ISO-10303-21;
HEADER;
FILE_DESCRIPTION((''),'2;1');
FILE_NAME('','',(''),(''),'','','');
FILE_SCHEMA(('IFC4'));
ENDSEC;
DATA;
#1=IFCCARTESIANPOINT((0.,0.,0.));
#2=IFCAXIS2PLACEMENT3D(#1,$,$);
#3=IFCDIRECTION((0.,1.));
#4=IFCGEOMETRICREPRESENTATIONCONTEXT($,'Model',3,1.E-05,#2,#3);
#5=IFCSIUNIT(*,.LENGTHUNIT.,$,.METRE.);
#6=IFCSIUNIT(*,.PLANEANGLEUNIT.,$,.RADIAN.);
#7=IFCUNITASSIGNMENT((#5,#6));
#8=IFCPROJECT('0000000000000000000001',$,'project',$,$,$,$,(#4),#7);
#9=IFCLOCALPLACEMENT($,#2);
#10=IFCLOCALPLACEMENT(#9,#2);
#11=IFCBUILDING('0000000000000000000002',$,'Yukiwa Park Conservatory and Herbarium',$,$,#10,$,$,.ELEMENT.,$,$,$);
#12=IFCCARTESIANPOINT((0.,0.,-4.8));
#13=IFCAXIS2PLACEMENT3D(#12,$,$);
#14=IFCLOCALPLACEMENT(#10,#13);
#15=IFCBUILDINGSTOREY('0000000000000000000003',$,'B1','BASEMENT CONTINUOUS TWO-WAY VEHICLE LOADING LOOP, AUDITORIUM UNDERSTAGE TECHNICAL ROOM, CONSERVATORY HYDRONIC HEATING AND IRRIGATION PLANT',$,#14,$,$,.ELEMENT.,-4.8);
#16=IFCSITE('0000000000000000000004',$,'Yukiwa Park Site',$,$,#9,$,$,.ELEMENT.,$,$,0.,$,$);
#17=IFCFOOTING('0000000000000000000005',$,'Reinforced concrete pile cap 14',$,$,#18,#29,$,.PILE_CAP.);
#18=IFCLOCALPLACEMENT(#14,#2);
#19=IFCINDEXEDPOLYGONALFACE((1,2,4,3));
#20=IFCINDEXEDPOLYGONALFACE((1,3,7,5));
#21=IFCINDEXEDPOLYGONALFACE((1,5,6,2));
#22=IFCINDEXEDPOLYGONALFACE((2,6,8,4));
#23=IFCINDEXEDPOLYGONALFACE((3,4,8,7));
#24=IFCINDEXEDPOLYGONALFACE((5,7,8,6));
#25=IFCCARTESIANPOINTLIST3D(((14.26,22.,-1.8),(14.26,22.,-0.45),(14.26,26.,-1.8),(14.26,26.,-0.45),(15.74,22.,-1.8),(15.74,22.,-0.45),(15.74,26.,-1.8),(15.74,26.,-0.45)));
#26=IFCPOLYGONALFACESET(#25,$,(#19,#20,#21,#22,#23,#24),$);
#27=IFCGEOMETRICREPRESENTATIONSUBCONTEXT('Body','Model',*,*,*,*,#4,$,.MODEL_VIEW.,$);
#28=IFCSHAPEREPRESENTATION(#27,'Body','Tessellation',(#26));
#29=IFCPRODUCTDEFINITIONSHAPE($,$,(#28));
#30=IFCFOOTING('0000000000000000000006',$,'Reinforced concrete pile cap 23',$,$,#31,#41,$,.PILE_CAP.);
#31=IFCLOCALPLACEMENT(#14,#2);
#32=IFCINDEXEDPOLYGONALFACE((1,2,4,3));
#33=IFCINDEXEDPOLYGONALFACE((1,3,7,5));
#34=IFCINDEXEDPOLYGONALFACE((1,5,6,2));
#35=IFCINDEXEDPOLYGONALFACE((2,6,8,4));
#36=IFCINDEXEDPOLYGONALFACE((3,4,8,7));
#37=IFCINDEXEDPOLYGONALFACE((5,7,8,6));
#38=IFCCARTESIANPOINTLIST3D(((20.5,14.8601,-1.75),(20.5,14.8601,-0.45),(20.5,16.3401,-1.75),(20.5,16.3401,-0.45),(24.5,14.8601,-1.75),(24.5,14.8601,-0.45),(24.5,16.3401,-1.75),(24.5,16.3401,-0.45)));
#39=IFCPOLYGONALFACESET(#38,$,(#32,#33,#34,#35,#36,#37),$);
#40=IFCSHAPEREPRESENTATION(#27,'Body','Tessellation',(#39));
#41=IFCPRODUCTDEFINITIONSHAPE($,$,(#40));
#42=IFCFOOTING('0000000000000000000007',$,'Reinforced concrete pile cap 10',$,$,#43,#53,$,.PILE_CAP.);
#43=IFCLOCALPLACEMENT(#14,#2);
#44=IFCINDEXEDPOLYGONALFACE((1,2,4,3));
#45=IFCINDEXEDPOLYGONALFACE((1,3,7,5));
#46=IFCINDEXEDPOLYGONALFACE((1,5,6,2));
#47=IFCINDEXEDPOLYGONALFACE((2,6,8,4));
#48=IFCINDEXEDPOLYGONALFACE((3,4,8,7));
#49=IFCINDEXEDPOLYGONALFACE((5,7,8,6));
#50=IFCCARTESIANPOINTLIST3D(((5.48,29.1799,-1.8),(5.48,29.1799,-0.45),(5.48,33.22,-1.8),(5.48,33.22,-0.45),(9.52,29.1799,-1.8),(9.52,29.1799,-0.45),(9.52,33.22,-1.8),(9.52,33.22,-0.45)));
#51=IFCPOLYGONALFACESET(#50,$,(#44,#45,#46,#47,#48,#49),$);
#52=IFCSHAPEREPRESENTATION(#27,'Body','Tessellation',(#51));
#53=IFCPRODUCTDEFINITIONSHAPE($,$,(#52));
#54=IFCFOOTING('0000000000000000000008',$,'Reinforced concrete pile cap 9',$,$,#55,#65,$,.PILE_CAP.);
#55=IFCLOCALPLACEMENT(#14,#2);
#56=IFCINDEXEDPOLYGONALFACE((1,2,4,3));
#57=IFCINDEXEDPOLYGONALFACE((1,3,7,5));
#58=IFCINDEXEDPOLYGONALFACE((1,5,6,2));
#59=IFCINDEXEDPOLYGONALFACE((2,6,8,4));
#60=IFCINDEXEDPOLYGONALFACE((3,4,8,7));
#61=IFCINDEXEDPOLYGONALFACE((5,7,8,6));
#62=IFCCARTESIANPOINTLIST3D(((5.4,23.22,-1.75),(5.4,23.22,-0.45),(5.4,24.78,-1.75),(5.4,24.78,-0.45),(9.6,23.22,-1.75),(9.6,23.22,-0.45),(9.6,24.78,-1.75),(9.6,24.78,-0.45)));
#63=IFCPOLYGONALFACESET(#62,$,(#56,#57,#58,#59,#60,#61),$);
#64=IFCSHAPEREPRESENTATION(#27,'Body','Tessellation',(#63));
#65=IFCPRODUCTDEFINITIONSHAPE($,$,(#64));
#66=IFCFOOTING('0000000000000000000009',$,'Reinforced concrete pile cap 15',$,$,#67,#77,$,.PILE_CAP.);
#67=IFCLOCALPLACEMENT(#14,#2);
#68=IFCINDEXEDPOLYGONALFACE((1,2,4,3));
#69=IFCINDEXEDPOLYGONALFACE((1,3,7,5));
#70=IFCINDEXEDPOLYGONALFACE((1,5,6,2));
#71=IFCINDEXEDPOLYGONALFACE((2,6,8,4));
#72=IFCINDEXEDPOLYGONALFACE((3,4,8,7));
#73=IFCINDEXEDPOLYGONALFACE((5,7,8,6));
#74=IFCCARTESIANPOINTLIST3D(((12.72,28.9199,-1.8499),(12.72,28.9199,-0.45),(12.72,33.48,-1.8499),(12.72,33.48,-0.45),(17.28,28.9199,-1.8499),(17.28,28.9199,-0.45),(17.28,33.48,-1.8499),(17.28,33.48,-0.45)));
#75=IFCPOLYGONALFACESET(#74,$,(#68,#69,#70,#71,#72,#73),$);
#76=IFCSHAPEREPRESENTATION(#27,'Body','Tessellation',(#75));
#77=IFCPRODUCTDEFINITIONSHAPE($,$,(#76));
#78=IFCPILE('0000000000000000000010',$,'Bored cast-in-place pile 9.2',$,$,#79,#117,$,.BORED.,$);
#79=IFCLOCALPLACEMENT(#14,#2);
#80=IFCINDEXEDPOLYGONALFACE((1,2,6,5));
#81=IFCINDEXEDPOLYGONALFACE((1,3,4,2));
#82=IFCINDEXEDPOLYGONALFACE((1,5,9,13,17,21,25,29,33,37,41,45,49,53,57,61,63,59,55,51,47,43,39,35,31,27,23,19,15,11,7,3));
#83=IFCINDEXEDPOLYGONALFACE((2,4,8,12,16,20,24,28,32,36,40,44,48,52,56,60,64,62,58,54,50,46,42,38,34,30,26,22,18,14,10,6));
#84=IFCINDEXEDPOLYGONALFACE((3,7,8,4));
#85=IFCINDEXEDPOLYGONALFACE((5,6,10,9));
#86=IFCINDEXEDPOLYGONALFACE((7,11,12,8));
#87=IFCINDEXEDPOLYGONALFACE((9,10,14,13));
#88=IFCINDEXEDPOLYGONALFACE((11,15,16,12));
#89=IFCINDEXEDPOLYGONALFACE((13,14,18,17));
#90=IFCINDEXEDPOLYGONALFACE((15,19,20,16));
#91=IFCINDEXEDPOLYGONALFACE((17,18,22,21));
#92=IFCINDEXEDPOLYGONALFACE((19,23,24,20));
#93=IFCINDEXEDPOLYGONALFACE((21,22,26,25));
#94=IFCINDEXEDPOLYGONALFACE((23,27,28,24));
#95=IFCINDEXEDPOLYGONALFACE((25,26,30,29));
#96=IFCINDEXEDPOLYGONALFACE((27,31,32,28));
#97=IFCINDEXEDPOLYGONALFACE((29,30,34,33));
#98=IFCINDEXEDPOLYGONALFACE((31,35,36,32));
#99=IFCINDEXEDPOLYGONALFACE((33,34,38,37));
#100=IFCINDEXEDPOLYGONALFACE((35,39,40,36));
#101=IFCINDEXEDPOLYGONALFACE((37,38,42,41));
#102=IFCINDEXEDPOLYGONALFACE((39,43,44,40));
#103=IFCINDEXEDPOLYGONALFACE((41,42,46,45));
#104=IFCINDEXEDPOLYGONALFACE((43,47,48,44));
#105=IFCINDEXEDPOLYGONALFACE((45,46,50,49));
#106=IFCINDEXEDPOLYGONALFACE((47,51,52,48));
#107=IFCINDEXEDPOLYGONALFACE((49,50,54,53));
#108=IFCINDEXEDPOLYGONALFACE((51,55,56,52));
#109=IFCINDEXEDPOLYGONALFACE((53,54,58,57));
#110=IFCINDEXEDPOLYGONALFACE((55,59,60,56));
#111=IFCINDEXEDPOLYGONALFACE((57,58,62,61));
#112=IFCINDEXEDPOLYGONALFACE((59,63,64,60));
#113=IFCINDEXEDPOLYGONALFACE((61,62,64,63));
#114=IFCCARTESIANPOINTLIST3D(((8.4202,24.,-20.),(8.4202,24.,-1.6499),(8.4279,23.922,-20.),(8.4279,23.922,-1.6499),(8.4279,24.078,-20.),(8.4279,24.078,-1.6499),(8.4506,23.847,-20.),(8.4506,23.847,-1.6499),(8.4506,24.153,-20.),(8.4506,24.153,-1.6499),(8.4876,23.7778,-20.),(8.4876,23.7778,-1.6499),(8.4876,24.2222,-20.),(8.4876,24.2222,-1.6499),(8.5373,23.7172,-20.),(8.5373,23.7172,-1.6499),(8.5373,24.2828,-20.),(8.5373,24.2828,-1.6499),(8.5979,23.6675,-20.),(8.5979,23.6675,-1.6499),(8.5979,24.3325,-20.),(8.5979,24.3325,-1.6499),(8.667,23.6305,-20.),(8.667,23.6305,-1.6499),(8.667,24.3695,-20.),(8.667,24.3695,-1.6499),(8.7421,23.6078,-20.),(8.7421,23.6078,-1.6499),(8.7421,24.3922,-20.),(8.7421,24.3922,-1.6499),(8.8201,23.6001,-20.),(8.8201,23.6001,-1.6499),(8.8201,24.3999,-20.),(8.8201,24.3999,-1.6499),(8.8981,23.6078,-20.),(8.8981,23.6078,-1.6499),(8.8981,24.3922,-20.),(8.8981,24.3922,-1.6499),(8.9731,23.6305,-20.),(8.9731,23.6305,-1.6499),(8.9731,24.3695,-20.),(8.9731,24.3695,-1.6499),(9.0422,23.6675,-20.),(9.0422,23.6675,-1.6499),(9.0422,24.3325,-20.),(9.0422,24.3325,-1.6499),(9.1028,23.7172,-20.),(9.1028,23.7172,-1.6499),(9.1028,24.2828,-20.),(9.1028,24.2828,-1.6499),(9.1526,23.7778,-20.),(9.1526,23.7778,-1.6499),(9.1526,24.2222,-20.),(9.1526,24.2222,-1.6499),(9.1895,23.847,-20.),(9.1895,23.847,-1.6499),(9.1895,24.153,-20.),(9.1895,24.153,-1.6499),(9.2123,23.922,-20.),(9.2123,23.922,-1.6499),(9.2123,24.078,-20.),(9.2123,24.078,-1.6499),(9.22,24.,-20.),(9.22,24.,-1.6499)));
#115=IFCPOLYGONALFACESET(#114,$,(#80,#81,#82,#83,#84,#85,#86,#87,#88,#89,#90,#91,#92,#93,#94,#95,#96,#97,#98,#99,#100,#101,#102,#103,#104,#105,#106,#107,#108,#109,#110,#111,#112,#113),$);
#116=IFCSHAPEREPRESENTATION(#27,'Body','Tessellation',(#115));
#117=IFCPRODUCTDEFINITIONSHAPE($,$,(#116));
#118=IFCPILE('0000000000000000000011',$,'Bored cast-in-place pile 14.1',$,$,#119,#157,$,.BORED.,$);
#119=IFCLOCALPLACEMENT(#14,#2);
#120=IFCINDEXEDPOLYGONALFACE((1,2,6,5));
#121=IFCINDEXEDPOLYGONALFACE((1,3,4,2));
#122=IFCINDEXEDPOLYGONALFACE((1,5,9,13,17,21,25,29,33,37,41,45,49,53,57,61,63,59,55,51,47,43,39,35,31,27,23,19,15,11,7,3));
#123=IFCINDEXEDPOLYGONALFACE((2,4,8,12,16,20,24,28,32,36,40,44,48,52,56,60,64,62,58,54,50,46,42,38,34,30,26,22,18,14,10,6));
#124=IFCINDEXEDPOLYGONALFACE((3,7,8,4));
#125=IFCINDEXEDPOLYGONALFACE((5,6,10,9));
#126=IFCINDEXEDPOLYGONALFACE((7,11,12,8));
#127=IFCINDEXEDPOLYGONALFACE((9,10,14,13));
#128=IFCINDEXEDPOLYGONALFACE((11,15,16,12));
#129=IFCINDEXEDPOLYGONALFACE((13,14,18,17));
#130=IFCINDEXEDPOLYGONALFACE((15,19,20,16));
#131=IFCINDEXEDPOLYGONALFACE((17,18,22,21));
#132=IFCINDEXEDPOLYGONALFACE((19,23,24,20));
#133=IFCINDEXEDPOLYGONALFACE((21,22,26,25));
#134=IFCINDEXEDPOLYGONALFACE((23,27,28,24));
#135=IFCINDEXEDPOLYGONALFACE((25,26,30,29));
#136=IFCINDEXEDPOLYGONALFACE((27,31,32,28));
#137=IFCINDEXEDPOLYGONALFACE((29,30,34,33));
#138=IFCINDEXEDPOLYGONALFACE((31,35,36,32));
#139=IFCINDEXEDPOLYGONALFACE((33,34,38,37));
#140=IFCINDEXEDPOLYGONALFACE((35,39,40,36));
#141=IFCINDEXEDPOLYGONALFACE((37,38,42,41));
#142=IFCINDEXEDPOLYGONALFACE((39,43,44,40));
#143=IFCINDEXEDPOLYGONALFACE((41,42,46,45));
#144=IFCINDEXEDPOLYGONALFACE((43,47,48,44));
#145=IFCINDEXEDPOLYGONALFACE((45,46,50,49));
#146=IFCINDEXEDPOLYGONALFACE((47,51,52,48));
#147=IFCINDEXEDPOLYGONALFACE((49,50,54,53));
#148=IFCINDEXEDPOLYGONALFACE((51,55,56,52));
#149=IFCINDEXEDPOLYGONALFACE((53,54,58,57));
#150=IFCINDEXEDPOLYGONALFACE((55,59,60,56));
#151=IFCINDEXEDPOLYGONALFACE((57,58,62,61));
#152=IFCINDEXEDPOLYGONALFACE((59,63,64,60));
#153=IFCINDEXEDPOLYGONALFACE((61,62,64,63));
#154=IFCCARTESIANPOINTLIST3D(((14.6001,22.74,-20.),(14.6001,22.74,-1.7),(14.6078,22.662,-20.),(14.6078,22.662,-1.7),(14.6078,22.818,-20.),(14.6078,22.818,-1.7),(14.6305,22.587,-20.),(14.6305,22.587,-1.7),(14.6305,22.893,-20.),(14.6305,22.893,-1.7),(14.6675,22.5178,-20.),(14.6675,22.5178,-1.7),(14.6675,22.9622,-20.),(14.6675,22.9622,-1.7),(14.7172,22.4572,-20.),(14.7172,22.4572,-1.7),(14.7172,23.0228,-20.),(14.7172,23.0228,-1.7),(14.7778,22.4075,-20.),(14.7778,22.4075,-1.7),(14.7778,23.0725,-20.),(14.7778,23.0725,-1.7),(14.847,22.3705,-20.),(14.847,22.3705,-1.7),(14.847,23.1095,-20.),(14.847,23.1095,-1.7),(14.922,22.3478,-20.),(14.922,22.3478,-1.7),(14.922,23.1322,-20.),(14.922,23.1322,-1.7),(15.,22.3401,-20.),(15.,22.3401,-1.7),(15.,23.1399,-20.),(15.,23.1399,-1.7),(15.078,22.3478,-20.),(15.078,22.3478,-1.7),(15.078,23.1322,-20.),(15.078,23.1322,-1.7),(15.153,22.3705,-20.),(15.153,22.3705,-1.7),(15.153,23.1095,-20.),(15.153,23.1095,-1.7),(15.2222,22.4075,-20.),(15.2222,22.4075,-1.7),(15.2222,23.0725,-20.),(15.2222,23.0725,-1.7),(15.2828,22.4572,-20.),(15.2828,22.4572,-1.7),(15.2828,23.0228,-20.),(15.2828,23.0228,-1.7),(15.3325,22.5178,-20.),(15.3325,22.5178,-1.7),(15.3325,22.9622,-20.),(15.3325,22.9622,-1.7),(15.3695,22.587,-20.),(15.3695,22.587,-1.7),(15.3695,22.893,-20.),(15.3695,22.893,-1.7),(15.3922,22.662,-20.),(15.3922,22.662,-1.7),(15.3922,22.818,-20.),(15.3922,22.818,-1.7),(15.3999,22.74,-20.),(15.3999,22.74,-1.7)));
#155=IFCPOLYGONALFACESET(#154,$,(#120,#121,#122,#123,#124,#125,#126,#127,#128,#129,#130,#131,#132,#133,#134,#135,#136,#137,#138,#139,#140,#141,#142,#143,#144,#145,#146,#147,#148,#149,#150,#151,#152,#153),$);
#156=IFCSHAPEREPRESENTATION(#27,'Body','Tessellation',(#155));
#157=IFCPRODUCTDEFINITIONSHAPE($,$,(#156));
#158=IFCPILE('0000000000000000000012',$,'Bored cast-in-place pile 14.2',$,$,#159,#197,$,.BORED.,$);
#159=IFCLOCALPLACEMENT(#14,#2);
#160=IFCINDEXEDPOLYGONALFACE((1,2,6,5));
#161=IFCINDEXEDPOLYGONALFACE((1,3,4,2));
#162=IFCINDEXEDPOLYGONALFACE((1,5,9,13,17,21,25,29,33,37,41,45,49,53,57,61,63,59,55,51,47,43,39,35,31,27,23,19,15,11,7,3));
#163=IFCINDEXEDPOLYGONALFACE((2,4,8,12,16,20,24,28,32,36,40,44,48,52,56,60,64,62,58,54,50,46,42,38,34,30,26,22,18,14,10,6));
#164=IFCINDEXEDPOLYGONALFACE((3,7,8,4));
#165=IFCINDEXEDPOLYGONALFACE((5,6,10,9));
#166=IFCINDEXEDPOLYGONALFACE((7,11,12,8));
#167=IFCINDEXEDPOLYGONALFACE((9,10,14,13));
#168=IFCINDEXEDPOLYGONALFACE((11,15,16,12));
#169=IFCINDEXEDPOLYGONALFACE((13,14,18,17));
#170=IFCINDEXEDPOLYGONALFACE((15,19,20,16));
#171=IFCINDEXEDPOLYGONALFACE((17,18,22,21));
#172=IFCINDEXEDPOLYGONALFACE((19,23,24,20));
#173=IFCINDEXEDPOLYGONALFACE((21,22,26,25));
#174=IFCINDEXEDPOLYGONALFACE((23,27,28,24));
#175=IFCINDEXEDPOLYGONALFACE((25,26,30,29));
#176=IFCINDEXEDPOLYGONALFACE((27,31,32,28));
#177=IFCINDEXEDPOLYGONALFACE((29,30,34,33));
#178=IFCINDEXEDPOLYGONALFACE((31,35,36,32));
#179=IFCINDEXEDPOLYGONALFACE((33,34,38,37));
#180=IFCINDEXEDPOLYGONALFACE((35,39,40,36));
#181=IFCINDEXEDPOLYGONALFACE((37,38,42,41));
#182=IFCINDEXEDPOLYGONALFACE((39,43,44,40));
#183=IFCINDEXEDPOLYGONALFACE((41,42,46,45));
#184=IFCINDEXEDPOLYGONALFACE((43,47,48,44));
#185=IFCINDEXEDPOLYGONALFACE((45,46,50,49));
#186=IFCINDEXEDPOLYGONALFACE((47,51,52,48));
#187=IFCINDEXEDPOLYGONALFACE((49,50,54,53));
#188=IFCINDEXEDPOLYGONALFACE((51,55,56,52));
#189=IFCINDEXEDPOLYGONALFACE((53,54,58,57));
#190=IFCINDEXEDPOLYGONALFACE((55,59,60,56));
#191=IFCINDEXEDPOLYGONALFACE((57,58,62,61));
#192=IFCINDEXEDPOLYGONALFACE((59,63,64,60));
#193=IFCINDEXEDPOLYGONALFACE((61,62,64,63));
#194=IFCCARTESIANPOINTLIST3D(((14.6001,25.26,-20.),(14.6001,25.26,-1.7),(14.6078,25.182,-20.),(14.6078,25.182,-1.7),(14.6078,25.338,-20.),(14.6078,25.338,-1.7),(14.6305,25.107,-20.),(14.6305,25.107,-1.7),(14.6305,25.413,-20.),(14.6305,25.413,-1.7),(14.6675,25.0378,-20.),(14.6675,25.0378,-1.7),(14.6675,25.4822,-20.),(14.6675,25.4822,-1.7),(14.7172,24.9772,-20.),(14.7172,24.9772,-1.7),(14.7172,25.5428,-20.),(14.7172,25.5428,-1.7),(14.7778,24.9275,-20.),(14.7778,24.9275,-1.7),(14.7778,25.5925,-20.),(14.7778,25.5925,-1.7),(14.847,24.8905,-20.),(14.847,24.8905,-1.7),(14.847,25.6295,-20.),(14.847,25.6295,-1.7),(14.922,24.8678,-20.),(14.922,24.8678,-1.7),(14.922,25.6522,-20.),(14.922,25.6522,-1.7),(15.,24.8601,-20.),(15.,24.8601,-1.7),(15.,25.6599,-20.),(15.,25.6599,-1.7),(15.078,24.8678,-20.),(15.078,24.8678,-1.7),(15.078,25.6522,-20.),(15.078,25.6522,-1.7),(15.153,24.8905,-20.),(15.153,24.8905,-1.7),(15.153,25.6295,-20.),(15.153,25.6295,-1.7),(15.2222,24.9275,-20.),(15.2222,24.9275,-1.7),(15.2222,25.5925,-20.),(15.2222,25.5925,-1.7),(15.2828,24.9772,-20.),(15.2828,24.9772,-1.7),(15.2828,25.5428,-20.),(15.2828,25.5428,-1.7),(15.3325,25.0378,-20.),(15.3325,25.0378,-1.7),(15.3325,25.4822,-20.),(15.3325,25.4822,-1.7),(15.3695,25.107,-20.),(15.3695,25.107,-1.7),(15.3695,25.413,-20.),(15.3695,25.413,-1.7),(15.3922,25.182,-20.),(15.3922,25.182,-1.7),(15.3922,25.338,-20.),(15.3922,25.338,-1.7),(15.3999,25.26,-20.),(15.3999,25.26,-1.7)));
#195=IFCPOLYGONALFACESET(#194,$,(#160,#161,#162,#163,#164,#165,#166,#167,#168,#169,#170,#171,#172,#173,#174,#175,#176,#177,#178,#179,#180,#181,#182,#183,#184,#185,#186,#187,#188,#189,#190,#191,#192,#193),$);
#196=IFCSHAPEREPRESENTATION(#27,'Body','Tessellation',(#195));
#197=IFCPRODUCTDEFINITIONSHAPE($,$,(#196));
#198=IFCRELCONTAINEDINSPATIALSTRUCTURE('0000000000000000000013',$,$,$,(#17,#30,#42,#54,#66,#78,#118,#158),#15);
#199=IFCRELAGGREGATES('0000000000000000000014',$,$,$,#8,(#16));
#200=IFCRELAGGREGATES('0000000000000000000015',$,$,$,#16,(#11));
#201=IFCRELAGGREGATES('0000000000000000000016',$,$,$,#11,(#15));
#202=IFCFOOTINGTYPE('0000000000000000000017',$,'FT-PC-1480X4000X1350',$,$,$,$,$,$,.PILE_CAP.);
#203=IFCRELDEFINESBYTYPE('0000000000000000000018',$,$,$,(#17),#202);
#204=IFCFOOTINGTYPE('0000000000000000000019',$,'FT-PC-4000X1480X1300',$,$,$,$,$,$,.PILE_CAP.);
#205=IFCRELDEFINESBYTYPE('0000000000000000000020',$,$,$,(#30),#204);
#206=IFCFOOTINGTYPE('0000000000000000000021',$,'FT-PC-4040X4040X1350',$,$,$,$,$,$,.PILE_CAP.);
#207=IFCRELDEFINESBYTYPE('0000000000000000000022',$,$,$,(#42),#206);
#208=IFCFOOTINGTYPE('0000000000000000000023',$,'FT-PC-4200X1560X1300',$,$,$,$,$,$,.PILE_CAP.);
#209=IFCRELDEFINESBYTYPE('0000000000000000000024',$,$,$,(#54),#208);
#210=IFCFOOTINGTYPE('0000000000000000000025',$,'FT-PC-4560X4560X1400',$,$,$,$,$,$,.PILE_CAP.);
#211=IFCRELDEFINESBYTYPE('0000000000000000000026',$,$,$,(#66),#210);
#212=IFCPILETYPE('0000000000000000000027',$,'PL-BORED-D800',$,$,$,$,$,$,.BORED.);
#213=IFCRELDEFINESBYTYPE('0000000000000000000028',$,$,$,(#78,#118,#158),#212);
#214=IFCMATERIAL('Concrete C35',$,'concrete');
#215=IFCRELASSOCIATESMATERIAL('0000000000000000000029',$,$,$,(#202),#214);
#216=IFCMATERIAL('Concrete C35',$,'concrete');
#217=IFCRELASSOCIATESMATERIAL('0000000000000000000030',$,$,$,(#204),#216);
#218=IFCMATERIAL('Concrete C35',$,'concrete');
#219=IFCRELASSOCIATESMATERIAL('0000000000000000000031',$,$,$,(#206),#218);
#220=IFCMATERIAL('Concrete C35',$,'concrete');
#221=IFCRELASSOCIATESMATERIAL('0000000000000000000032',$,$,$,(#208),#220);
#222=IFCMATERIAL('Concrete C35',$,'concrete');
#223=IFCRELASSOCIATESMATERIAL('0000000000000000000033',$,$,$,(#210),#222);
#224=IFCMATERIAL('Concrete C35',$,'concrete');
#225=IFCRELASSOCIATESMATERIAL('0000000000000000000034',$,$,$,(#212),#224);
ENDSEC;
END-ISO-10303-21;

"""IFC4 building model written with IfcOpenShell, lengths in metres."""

from ifc_helpers import new_model, si_unit, direction, frame, origin, origin_2d, place, context, subcontext, project, spatial, rectangle, circle, extrude, material, material_profile, profile_set, type_object, element, save


model = new_model("IFC4")

# Units and contexts
model_context = context("Model", 3, precision=1e-05, world=origin(), true_north=direction((0.0, 1.0)))
body_context = subcontext(model_context, "Body", "Model", "MODEL_VIEW")
ifc_project = project(units=[si_unit("LENGTHUNIT", "METRE"), si_unit("PLANEANGLEUNIT", "RADIAN")], contexts=[model_context])

# Site, building, storey
site_placement = place(None, origin())
site = spatial("IfcSite", under=ifc_project, at=site_placement, Name="Yukiwa Park Site", CompositionType="ELEMENT", RefElevation=0.0)
building_placement = place(site_placement, origin())
building = spatial("IfcBuilding", under=site, at=building_placement, Name="Yukiwa Park Conservatory and Herbarium", CompositionType="ELEMENT")
storey_placement = place(building_placement, frame((0.0, 0.0, -4.8)))
storey = spatial("IfcBuildingStorey", under=building, at=storey_placement, Name="B1", Description="BASEMENT CONTINUOUS TWO-WAY VEHICLE LOADING LOOP, AUDITORIUM UNDERSTAGE TECHNICAL ROOM, CONSERVATORY HYDRONIC HEATING AND IRRIGATION PLANT", CompositionType="ELEMENT", Elevation=-4.8)

# Footings
ifc_material_1 = material(Name="Concrete C35", Category="concrete")
footing_type_1 = type_object("IfcFootingType", Name="FT-PC-1480X4000X1350", PredefinedType="PILE_CAP", material=ifc_material_1)
footing_1_placement = place(storey_placement, frame((15.0, 24.0, -1.8), z_axis=(0.0, 0.0, 1.0), x_axis=(1.0, 0.0, 0.0)))
element("IfcFooting", 1, at=footing_1_placement, inside=storey, type_object=footing_type_1, Name="Reinforced concrete pile cap 14", PredefinedType="PILE_CAP", context=body_context, shape_type="SweptSolid", body=[
    extrude(rectangle(XDim=1.48, YDim=4.0, at=origin_2d()), origin(), (0.0, 0.0, 1.0), 1.3501),
])
ifc_material_2 = material(Name="Concrete C35", Category="concrete")
footing_type_2 = type_object("IfcFootingType", Name="FT-PC-4000X1480X1300", PredefinedType="PILE_CAP", material=ifc_material_2)
footing_2_placement = place(storey_placement, frame((22.5, 15.6001, -1.75), z_axis=(0.0, 0.0, 1.0), x_axis=(1.0, 0.0, 0.0)))
element("IfcFooting", 2, at=footing_2_placement, inside=storey, type_object=footing_type_2, Name="Reinforced concrete pile cap 23", PredefinedType="PILE_CAP", context=body_context, shape_type="SweptSolid", body=[
    extrude(rectangle(XDim=4.0, YDim=1.48, at=origin_2d()), origin(), (0.0, 0.0, 1.0), 1.3),
])
ifc_material_3 = material(Name="Concrete C35", Category="concrete")
footing_type_3 = type_object("IfcFootingType", Name="FT-PC-4040X4040X1350", PredefinedType="PILE_CAP", material=ifc_material_3)
footing_3_placement = place(storey_placement, frame((7.5, 31.2, -1.8), z_axis=(0.0, 0.0, 1.0), x_axis=(1.0, 0.0, 0.0)))
element("IfcFooting", 3, at=footing_3_placement, inside=storey, type_object=footing_type_3, Name="Reinforced concrete pile cap 10", PredefinedType="PILE_CAP", context=body_context, shape_type="SweptSolid", body=[
    extrude(rectangle(XDim=4.04, YDim=4.04, at=origin_2d()), origin(), (0.0, 0.0, 1.0), 1.3501),
])
ifc_material_4 = material(Name="Concrete C35", Category="concrete")
footing_type_4 = type_object("IfcFootingType", Name="FT-PC-4200X1560X1300", PredefinedType="PILE_CAP", material=ifc_material_4)
footing_4_placement = place(storey_placement, frame((7.5, 24.0, -1.75), z_axis=(0.0, 0.0, 1.0), x_axis=(1.0, 0.0, 0.0)))
element("IfcFooting", 4, at=footing_4_placement, inside=storey, type_object=footing_type_4, Name="Reinforced concrete pile cap 9", PredefinedType="PILE_CAP", context=body_context, shape_type="SweptSolid", body=[
    extrude(rectangle(XDim=4.2, YDim=1.5601, at=origin_2d()), origin(), (0.0, 0.0, 1.0), 1.3),
])
ifc_material_5 = material(Name="Concrete C35", Category="concrete")
footing_type_5 = type_object("IfcFootingType", Name="FT-PC-4560X4560X1400", PredefinedType="PILE_CAP", material=ifc_material_5)
footing_5_placement = place(storey_placement, frame((15.0, 31.2, -1.8499), z_axis=(0.0, 0.0, 1.0), x_axis=(1.0, 0.0, 0.0)))
element("IfcFooting", 5, at=footing_5_placement, inside=storey, type_object=footing_type_5, Name="Reinforced concrete pile cap 15", PredefinedType="PILE_CAP", context=body_context, shape_type="SweptSolid", body=[
    extrude(rectangle(XDim=4.5601, YDim=4.5601, at=origin_2d()), origin(), (0.0, 0.0, 1.0), 1.3999),
])

# Piles
ifc_material_6 = material(Name="Concrete C35", Category="concrete")
ifc_material_profile_1 = material_profile(ifc_material_6, circle(Radius=0.3999, at=origin_2d()), Name="PILE D800")
ifc_profile_set_1 = profile_set([ifc_material_profile_1], Name="Concrete C35")
pile_type_1 = type_object("IfcPileType", Name="PL-BORED-D800", PredefinedType="BORED", material=ifc_profile_set_1)
pile_placement = place(storey_placement, frame((8.8201, 24.0, -1.6499), z_axis=(0.0, 0.0, -1.0), x_axis=(1.0, 0.0, 0.0)))
element("IfcPile", 6, at=pile_placement, inside=storey, type_object=pile_type_1, Name="Bored cast-in-place pile 9.2", PredefinedType="BORED", context=body_context, shape_type="SweptSolid", body=[
    extrude(circle(Radius=0.3999, at=origin_2d()), origin(), (0.0, 0.0, 1.0), 18.3501),
])
for number, where, z_axis, x_axis, name in (
    (7, (15.0, 22.74, -1.7), (0.0, 0.0, -1.0), (1.0, 0.0, 0.0), "Bored cast-in-place pile 14.1"),
    (8, (15.0, 25.26, -1.7), (0.0, 0.0, -1.0), (1.0, 0.0, 0.0), "Bored cast-in-place pile 14.2"),
):
    element("IfcPile", number, at=place(storey_placement, frame(where, z_axis=z_axis, x_axis=x_axis)), inside=storey, type_object=pile_type_1, Name=name, PredefinedType="BORED", context=body_context, shape_type="SweptSolid", body=[
        extrude(circle(Radius=0.3999, at=origin_2d()), origin(), (0.0, 0.0, 1.0), 18.3),
    ])

save(model, "model.ifc")
